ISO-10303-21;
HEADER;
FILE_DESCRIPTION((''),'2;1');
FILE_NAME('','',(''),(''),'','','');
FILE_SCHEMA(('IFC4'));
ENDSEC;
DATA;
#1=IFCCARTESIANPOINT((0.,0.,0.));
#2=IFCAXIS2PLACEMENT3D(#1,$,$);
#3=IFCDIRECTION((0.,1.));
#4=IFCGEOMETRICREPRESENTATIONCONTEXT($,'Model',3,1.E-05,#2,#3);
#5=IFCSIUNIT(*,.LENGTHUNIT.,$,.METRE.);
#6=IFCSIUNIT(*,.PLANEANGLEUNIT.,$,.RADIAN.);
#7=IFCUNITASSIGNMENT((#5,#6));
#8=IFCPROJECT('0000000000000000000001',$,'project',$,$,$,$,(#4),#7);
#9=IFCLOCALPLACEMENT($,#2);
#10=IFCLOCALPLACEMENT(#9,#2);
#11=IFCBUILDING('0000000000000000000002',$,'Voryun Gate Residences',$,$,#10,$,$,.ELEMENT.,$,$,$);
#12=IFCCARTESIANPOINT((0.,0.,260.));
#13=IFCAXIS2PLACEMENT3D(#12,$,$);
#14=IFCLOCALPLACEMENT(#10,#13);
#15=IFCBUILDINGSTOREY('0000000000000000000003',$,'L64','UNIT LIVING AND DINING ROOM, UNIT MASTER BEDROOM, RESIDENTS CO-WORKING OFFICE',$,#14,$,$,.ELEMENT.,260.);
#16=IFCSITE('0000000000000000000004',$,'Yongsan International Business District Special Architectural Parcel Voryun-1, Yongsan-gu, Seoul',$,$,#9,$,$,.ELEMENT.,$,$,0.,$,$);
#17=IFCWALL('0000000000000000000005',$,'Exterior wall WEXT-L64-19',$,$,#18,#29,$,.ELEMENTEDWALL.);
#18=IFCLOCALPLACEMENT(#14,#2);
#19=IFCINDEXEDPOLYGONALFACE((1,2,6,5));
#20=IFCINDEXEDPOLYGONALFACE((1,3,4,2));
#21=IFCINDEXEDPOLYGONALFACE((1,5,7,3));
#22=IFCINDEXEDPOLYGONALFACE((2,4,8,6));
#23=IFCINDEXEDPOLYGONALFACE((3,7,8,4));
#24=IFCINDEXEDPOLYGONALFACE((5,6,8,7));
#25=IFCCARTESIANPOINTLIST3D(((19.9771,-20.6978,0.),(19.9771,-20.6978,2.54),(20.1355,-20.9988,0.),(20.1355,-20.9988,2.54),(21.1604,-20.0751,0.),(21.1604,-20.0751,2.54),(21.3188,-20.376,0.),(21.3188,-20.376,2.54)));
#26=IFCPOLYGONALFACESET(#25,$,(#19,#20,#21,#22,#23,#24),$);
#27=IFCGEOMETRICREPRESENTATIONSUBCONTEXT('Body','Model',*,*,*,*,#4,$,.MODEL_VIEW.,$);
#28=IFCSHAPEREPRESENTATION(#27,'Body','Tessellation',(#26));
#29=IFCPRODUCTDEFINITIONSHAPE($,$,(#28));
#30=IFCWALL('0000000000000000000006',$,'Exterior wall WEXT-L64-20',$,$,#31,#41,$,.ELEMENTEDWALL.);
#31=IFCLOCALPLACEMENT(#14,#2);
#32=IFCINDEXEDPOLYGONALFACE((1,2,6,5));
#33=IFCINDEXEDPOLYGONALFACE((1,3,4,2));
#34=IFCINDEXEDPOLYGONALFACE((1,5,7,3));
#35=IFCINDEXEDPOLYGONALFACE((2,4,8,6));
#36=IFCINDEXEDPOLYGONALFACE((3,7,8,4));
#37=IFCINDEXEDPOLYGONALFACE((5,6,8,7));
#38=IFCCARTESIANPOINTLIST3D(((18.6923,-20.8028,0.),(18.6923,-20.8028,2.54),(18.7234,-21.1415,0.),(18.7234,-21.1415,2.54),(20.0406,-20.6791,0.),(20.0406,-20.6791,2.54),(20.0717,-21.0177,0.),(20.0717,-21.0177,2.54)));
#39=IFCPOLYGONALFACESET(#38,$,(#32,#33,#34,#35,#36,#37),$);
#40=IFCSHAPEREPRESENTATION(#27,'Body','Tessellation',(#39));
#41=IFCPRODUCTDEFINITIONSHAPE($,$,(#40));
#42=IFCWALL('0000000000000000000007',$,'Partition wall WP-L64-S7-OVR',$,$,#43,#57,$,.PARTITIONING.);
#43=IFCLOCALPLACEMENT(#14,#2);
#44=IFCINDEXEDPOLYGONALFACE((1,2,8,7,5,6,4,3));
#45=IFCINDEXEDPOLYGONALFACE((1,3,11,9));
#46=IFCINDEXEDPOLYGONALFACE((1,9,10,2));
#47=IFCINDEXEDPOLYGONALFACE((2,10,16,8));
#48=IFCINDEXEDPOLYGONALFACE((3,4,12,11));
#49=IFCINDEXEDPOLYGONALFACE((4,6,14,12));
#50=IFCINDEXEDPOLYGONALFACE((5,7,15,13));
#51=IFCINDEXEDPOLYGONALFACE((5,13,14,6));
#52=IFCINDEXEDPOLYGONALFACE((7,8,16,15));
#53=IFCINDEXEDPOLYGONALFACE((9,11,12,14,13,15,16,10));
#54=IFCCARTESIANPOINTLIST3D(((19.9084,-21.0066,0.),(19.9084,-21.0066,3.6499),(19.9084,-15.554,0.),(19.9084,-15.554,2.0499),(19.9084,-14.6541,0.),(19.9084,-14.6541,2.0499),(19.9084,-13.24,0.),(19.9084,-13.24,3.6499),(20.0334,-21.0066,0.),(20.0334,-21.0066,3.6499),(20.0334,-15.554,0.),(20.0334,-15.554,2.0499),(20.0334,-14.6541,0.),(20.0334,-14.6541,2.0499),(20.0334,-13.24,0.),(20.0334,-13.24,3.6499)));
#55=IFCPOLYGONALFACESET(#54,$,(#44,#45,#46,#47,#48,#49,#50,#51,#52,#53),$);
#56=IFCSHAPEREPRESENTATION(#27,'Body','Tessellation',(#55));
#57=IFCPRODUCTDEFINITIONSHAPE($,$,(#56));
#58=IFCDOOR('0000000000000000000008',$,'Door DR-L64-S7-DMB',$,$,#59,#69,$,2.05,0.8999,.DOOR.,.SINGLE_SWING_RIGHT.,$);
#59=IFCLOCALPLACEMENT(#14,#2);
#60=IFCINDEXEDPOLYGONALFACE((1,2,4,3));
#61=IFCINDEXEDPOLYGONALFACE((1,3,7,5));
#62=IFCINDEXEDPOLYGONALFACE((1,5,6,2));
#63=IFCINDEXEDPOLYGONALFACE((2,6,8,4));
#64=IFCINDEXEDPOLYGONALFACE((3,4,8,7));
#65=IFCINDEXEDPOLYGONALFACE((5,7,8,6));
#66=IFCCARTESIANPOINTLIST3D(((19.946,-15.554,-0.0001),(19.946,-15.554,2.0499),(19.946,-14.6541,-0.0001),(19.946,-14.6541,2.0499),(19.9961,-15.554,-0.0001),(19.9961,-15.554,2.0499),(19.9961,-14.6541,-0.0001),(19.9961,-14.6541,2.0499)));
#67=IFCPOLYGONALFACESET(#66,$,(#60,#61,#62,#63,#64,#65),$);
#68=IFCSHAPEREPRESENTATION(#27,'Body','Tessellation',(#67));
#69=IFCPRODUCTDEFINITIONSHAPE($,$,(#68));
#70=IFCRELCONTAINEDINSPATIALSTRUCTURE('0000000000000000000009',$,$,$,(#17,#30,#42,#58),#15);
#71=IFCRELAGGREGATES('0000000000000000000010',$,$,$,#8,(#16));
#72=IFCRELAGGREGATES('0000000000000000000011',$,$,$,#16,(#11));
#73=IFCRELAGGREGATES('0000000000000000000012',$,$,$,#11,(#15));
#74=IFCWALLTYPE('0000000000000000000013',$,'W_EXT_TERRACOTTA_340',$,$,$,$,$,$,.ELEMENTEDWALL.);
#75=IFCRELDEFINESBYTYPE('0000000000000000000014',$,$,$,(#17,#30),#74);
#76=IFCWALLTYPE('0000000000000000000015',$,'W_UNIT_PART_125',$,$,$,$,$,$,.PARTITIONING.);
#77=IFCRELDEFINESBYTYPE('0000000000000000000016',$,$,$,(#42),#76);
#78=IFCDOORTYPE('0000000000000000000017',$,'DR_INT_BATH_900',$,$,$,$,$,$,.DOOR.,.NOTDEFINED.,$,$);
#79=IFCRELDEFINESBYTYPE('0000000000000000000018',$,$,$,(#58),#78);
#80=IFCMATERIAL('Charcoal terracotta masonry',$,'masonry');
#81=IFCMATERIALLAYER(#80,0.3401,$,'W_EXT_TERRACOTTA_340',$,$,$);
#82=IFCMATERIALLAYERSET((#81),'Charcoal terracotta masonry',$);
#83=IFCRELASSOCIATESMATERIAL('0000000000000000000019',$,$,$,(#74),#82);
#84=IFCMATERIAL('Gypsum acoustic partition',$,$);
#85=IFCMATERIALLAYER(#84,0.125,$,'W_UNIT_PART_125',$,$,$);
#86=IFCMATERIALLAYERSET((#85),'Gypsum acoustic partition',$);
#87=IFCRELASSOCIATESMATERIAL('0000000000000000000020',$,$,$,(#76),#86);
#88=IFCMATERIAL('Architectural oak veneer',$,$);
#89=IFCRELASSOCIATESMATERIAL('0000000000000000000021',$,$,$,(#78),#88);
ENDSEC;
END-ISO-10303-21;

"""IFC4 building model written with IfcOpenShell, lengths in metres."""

from ifc_helpers import new_model, si_unit, direction, frame, frame_2d, origin, place, context, subcontext, project, spatial, rectangle, extrude, material, layer, layer_set, type_object, element, fill, save


model = new_model("IFC4")

# Units and contexts
model_context = context("Model", 3, precision=1e-05, world=origin(), true_north=direction((0.0, 1.0)))
body_context = subcontext(model_context, "Body", "Model", "MODEL_VIEW")
ifc_project = project(units=[si_unit("LENGTHUNIT", "METRE"), si_unit("PLANEANGLEUNIT", "RADIAN")], contexts=[model_context])

# Site, building, storey
site_placement = place(None, origin())
site = spatial("IfcSite", under=ifc_project, at=site_placement, Name="Yongsan International Business District Special Architectural Parcel Voryun-1, Yongsan-gu, Seoul", CompositionType="ELEMENT", RefElevation=0.0)
building_placement = place(site_placement, origin())
building = spatial("IfcBuilding", under=site, at=building_placement, Name="Voryun Gate Residences", CompositionType="ELEMENT")
storey_placement = place(building_placement, frame((0.0, 0.0, 260.0)))
storey = spatial("IfcBuildingStorey", under=building, at=storey_placement, Name="L64", Description="UNIT LIVING AND DINING ROOM, UNIT MASTER BEDROOM, RESIDENTS CO-WORKING OFFICE", CompositionType="ELEMENT", Elevation=260.0)

# Shared definitions
ifc_material_1 = material(Name="Charcoal terracotta masonry", Category="masonry")
ifc_layer_1 = layer(ifc_material_1, 0.3401, Name="W_EXT_TERRACOTTA_340")
ifc_layer_set_1 = layer_set([ifc_layer_1], Name="Charcoal terracotta masonry")
wall_type_1 = type_object("IfcWallType", Name="W_EXT_TERRACOTTA_340", PredefinedType="ELEMENTEDWALL", material=ifc_layer_set_1)

# Walls
wall_1_placement = place(storey_placement, frame((21.2395, -20.2256, 0.0), z_axis=(0.0, 0.0, 1.0), x_axis=(-0.884922, -0.465739, 0.0)))
element("IfcWall", 1, at=wall_1_placement, inside=storey, type_object=wall_type_1, Name="Exterior wall WEXT-L64-19", PredefinedType="ELEMENTEDWALL", context=body_context, shape_type="SweptSolid", body=[
    extrude(rectangle(XDim=1.3372, YDim=0.3401, at=frame_2d((0.6685, 0.0))), origin(), (0.0, 0.0, 1.0), 2.54),
])
wall_2_placement = place(storey_placement, frame((20.0562, -20.8484, 0.0), z_axis=(0.0, 0.0, 1.0), x_axis=(-0.995813, -0.091414, 0.0)))
element("IfcWall", 2, at=wall_2_placement, inside=storey, type_object=wall_type_1, Name="Exterior wall WEXT-L64-20", PredefinedType="ELEMENTEDWALL", context=body_context, shape_type="SweptSolid", body=[
    extrude(rectangle(XDim=1.354, YDim=0.3401, at=frame_2d((0.677, 0.0))), origin(), (0.0, 0.0, 1.0), 2.54),
])

# Wall, opening, door
ifc_material_2 = material(Name="Gypsum acoustic partition")
ifc_layer_2 = layer(ifc_material_2, 0.125, Name="W_UNIT_PART_125")
ifc_layer_set_2 = layer_set([ifc_layer_2], Name="Gypsum acoustic partition")
wall_type_2 = type_object("IfcWallType", Name="W_UNIT_PART_125", PredefinedType="PARTITIONING", material=ifc_layer_set_2)
wall_3_placement = place(storey_placement, frame((19.9709, -21.0066, 0.0), z_axis=(0.0, 0.0, 1.0), x_axis=(0.0, 1.0, 0.0)))
wall_3 = element("IfcWall", 3, at=wall_3_placement, inside=storey, type_object=wall_type_2, Name="Partition wall WP-L64-S7-OVR", PredefinedType="PARTITIONING", context=body_context, shape_type="SweptSolid", body=[
    extrude(rectangle(XDim=7.7666, YDim=0.125, at=frame_2d((3.8833, 0.0))), origin(), (0.0, 0.0, 1.0), 3.6499),
])
opening_1_placement = place(wall_3_placement, frame((5.4526, 0.0, 0.0)))
opening_1 = element("IfcOpeningElement", 4, at=opening_1_placement, cuts=wall_3, PredefinedType="OPENING", context=body_context, shape_type="SweptSolid", body=[
    extrude(rectangle(XDim=0.8999, YDim=2.05, at=frame_2d((0.45, 1.0249))), frame((0.0, 0.0725, 0.0), z_axis=(0.0, -1.0, 0.0), x_axis=(1.0, 0.0, 0.0)), (0.0, 0.0, 1.0), 0.145),
])
ifc_material_3 = material(Name="Architectural oak veneer")
door_type = type_object("IfcDoorType", Name="DR_INT_BATH_900", OperationType="NOTDEFINED", PredefinedType="DOOR", material=ifc_material_3)
door_placement = place(opening_1_placement, origin())
door = element("IfcDoor", 5, at=door_placement, inside=storey, type_object=door_type, Name="Door DR-L64-S7-DMB", OperationType="SINGLE_SWING_RIGHT", OverallHeight=2.05, OverallWidth=0.8999, PredefinedType="DOOR", context=body_context, shape_type="SweptSolid", body=[
    extrude(rectangle(XDim=0.8999, YDim=2.05, at=frame_2d((0.45, 1.0249))), frame((0.0, 0.0249, 0.0), z_axis=(0.0, -1.0, 0.0), x_axis=(1.0, 0.0, 0.0)), (0.0, 0.0, 1.0), 0.05),
])
fill(opening_1, door)

save(model, "model.ifc")
